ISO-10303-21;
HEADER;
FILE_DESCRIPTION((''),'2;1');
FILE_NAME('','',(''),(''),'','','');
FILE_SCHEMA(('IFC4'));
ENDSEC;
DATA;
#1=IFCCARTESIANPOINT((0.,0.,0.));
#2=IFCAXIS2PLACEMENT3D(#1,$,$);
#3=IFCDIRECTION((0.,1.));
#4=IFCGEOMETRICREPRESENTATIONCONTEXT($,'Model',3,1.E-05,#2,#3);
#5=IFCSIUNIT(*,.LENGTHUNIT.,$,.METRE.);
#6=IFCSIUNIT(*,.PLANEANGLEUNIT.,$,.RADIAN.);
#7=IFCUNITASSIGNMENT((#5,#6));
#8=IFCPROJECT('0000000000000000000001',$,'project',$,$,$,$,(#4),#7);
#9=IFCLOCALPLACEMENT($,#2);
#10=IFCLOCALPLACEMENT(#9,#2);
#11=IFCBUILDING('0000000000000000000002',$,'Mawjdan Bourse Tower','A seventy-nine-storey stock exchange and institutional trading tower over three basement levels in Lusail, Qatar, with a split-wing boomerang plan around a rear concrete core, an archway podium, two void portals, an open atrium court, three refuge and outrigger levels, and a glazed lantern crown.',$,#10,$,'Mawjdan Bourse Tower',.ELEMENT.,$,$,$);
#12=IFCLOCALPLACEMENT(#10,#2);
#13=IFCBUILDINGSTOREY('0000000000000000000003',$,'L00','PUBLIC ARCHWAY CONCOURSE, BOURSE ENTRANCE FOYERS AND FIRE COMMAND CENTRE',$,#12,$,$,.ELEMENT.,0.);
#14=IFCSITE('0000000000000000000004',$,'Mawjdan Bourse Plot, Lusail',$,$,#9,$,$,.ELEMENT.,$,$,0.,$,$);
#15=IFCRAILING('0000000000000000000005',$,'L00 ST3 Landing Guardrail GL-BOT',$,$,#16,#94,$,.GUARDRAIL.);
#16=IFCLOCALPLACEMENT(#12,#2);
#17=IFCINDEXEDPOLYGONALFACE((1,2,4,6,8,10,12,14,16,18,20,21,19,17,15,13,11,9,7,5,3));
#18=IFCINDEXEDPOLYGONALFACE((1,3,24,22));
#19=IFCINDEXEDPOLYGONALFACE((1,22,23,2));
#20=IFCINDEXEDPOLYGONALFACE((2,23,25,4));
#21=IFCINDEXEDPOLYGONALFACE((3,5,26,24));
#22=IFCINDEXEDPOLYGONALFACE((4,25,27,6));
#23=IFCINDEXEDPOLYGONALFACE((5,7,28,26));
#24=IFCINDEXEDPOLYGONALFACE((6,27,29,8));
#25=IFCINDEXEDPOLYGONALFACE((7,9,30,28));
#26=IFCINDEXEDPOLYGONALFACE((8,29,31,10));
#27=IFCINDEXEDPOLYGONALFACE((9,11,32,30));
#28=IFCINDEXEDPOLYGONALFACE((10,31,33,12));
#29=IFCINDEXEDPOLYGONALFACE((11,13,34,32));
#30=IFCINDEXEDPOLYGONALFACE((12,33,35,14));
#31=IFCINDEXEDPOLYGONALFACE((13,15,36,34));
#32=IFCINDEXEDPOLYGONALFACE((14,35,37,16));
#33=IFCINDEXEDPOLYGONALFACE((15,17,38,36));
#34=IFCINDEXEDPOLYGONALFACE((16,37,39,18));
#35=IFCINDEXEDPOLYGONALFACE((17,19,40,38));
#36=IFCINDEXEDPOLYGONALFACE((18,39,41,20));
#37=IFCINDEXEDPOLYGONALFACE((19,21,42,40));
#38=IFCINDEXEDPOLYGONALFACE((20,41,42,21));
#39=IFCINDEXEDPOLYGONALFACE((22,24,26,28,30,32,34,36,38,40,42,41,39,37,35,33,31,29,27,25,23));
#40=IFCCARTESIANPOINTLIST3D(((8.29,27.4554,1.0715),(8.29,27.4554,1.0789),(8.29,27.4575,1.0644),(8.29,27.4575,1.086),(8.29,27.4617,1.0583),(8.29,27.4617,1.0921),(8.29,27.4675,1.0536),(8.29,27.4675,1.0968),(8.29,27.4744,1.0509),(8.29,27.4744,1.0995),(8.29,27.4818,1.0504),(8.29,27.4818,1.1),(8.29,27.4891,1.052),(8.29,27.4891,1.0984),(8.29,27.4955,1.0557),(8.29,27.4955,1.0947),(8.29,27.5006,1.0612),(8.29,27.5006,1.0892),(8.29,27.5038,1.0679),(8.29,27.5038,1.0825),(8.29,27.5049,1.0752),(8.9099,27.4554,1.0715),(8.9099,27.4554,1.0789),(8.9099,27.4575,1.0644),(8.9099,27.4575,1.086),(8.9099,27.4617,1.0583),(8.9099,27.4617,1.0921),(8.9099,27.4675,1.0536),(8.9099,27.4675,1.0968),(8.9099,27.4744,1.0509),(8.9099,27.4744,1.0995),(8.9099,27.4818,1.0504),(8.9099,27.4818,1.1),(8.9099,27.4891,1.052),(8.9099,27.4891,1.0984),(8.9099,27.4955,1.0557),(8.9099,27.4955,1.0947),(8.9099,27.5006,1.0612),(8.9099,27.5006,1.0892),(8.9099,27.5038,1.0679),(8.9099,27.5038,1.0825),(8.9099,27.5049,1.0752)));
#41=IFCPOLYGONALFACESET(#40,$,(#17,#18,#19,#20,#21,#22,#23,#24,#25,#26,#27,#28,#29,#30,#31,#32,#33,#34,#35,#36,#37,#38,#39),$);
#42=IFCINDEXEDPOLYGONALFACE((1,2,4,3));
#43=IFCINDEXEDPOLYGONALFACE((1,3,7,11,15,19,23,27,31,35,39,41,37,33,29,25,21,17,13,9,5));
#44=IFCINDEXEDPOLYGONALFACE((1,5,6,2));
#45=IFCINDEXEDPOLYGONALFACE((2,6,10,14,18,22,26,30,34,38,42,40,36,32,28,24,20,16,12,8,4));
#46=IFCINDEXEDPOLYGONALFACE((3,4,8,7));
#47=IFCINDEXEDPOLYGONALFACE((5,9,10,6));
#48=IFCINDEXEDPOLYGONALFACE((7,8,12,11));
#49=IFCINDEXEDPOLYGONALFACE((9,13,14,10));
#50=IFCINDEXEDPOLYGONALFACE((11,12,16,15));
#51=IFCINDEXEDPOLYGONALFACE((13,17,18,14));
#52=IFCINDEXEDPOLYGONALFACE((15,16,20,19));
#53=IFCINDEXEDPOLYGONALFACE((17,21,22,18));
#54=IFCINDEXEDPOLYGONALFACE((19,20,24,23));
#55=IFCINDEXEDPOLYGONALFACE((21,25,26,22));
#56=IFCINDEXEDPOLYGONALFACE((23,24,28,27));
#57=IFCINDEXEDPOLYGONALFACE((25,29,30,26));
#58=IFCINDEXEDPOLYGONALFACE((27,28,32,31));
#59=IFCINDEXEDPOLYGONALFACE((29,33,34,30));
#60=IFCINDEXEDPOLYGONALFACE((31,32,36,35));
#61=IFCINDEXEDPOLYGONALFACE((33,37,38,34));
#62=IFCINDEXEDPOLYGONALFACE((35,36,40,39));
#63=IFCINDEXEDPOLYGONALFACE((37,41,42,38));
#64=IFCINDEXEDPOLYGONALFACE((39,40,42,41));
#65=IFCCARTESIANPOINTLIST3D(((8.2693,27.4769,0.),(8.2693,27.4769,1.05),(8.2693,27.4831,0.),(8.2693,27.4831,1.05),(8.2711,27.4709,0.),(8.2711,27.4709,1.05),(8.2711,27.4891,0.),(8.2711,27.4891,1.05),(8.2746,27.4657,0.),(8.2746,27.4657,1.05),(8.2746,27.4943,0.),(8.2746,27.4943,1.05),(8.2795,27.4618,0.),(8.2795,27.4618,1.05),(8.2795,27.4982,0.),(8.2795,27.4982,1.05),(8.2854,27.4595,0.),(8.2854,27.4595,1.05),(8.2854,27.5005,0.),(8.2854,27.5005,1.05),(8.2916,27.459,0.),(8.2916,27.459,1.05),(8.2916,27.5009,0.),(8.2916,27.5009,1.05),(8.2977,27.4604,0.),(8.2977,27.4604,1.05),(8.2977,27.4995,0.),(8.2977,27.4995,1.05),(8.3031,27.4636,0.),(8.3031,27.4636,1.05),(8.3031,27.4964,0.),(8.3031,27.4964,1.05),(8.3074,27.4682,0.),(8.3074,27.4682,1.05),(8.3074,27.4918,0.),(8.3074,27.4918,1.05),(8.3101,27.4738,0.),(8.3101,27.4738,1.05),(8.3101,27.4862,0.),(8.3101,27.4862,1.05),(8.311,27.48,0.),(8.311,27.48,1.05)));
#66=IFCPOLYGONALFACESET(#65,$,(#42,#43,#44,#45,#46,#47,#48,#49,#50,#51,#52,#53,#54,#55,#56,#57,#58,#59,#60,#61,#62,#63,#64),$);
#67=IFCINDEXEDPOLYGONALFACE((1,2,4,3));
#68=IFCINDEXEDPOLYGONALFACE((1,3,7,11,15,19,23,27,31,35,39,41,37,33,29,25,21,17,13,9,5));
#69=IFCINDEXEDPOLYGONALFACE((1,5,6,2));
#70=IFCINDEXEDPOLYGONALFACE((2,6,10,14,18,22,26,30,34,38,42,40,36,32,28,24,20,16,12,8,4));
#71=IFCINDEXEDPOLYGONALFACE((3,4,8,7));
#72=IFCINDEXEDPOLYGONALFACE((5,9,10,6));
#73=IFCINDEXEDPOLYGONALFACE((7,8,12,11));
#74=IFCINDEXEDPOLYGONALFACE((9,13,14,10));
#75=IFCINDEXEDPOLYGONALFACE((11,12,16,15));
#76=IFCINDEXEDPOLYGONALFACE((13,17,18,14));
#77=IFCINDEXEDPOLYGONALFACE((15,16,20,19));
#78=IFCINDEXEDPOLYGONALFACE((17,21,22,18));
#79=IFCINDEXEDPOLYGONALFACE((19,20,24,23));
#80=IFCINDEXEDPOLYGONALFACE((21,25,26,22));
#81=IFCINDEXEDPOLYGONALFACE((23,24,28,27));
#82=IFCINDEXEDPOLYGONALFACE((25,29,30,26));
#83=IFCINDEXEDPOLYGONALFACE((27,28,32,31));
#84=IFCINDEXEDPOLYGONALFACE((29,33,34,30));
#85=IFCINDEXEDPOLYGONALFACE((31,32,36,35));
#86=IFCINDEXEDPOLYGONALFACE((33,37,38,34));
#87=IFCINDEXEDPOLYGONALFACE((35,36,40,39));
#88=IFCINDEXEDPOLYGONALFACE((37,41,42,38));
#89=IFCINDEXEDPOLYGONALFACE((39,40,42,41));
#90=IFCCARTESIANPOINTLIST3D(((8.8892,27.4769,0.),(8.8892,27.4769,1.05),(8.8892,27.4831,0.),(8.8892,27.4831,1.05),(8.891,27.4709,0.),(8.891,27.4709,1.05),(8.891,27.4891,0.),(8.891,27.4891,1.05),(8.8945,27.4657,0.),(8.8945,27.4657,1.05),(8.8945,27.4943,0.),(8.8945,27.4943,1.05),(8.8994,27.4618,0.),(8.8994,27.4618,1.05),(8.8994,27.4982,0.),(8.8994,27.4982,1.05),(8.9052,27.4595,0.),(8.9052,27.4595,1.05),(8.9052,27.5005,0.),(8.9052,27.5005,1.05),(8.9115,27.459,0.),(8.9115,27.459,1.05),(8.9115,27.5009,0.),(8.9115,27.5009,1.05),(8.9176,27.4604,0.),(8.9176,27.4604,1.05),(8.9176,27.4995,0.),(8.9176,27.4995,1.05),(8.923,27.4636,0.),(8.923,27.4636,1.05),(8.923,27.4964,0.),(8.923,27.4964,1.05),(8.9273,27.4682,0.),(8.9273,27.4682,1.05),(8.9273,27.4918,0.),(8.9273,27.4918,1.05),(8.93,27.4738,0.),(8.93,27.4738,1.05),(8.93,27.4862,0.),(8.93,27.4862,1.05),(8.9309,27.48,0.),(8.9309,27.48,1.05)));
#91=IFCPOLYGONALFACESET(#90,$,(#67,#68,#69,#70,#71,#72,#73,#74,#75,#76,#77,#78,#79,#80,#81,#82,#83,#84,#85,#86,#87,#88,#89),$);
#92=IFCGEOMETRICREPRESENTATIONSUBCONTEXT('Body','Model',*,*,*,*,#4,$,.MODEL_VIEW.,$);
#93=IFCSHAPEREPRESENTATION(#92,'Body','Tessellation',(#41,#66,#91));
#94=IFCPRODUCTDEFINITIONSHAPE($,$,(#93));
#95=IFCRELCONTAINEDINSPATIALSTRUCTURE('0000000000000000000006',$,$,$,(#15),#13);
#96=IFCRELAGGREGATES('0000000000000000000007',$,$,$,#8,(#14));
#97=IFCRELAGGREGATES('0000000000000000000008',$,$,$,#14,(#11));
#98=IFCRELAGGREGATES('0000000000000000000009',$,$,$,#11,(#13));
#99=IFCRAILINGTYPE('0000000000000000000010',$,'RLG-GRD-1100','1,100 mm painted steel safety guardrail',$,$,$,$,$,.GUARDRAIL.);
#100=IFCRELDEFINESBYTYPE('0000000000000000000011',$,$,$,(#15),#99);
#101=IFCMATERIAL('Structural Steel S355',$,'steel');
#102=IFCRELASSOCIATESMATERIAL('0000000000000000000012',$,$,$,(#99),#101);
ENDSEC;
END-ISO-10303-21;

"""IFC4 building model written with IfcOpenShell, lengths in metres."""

from ifc_helpers import new_model, si_unit, direction, frame, origin, origin_2d, place, context, subcontext, project, spatial, circle, extrude, material, type_object, element, save


model = new_model("IFC4")

# Units and contexts
model_context = context("Model", 3, precision=1e-05, world=origin(), true_north=direction((0.0, 1.0)))
body_context = subcontext(model_context, "Body", "Model", "MODEL_VIEW")
ifc_project = project(units=[si_unit("LENGTHUNIT", "METRE"), si_unit("PLANEANGLEUNIT", "RADIAN")], contexts=[model_context])

# Site, building, storey
site_placement = place(None, origin())
site = spatial("IfcSite", under=ifc_project, at=site_placement, Name="Mawjdan Bourse Plot, Lusail", CompositionType="ELEMENT", RefElevation=0.0)
building_placement = place(site_placement, origin())
building = spatial("IfcBuilding", under=site, at=building_placement, Name="Mawjdan Bourse Tower", Description="A seventy-nine-storey stock exchange and institutional trading tower over three basement levels in Lusail, Qatar, with a split-wing boomerang plan around a rear concrete core, an archway podium, two void portals, an open atrium court, three refuge and outrigger levels, and a glazed lantern crown.", LongName="Mawjdan Bourse Tower", CompositionType="ELEMENT")
storey_placement = place(building_placement, origin())
storey = spatial("IfcBuildingStorey", under=building, at=storey_placement, Name="L00", Description="PUBLIC ARCHWAY CONCOURSE, BOURSE ENTRANCE FOYERS AND FIRE COMMAND CENTRE", CompositionType="ELEMENT", Elevation=0.0)

# Shared definitions
ifc_material_1 = material(Name="Structural Steel S355", Category="steel")

# Railing
railing_type_1 = type_object("IfcRailingType", Name="RLG-GRD-1100", Description="1,100 mm painted steel safety guardrail", PredefinedType="GUARDRAIL", material=ifc_material_1)
railing_1_placement = place(storey_placement, frame((8.29, 27.48, 0.0)))
element("IfcRailing", 1, at=railing_1_placement, inside=storey, type_object=railing_type_1, Name="L00 ST3 Landing Guardrail GL-BOT", PredefinedType="GUARDRAIL", context=body_context, shape_type="SweptSolid", body=[
    extrude(circle(Radius=0.0249, at=origin_2d()), frame((0.0, 0.0, 1.0752), z_axis=(1.0, 0.0, 0.0), x_axis=(0.0, 1.0, 0.0)), (0.0, 0.0, 1.0), 0.6199),
    extrude(circle(Radius=0.021, at=origin_2d()), origin(), (0.0, 0.0, 1.0), 1.05),
    extrude(circle(Radius=0.021, at=origin_2d()), frame((0.6199, 0.0, 0.0)), (0.0, 0.0, 1.0), 1.05),
])

save(model, "model.ifc")
